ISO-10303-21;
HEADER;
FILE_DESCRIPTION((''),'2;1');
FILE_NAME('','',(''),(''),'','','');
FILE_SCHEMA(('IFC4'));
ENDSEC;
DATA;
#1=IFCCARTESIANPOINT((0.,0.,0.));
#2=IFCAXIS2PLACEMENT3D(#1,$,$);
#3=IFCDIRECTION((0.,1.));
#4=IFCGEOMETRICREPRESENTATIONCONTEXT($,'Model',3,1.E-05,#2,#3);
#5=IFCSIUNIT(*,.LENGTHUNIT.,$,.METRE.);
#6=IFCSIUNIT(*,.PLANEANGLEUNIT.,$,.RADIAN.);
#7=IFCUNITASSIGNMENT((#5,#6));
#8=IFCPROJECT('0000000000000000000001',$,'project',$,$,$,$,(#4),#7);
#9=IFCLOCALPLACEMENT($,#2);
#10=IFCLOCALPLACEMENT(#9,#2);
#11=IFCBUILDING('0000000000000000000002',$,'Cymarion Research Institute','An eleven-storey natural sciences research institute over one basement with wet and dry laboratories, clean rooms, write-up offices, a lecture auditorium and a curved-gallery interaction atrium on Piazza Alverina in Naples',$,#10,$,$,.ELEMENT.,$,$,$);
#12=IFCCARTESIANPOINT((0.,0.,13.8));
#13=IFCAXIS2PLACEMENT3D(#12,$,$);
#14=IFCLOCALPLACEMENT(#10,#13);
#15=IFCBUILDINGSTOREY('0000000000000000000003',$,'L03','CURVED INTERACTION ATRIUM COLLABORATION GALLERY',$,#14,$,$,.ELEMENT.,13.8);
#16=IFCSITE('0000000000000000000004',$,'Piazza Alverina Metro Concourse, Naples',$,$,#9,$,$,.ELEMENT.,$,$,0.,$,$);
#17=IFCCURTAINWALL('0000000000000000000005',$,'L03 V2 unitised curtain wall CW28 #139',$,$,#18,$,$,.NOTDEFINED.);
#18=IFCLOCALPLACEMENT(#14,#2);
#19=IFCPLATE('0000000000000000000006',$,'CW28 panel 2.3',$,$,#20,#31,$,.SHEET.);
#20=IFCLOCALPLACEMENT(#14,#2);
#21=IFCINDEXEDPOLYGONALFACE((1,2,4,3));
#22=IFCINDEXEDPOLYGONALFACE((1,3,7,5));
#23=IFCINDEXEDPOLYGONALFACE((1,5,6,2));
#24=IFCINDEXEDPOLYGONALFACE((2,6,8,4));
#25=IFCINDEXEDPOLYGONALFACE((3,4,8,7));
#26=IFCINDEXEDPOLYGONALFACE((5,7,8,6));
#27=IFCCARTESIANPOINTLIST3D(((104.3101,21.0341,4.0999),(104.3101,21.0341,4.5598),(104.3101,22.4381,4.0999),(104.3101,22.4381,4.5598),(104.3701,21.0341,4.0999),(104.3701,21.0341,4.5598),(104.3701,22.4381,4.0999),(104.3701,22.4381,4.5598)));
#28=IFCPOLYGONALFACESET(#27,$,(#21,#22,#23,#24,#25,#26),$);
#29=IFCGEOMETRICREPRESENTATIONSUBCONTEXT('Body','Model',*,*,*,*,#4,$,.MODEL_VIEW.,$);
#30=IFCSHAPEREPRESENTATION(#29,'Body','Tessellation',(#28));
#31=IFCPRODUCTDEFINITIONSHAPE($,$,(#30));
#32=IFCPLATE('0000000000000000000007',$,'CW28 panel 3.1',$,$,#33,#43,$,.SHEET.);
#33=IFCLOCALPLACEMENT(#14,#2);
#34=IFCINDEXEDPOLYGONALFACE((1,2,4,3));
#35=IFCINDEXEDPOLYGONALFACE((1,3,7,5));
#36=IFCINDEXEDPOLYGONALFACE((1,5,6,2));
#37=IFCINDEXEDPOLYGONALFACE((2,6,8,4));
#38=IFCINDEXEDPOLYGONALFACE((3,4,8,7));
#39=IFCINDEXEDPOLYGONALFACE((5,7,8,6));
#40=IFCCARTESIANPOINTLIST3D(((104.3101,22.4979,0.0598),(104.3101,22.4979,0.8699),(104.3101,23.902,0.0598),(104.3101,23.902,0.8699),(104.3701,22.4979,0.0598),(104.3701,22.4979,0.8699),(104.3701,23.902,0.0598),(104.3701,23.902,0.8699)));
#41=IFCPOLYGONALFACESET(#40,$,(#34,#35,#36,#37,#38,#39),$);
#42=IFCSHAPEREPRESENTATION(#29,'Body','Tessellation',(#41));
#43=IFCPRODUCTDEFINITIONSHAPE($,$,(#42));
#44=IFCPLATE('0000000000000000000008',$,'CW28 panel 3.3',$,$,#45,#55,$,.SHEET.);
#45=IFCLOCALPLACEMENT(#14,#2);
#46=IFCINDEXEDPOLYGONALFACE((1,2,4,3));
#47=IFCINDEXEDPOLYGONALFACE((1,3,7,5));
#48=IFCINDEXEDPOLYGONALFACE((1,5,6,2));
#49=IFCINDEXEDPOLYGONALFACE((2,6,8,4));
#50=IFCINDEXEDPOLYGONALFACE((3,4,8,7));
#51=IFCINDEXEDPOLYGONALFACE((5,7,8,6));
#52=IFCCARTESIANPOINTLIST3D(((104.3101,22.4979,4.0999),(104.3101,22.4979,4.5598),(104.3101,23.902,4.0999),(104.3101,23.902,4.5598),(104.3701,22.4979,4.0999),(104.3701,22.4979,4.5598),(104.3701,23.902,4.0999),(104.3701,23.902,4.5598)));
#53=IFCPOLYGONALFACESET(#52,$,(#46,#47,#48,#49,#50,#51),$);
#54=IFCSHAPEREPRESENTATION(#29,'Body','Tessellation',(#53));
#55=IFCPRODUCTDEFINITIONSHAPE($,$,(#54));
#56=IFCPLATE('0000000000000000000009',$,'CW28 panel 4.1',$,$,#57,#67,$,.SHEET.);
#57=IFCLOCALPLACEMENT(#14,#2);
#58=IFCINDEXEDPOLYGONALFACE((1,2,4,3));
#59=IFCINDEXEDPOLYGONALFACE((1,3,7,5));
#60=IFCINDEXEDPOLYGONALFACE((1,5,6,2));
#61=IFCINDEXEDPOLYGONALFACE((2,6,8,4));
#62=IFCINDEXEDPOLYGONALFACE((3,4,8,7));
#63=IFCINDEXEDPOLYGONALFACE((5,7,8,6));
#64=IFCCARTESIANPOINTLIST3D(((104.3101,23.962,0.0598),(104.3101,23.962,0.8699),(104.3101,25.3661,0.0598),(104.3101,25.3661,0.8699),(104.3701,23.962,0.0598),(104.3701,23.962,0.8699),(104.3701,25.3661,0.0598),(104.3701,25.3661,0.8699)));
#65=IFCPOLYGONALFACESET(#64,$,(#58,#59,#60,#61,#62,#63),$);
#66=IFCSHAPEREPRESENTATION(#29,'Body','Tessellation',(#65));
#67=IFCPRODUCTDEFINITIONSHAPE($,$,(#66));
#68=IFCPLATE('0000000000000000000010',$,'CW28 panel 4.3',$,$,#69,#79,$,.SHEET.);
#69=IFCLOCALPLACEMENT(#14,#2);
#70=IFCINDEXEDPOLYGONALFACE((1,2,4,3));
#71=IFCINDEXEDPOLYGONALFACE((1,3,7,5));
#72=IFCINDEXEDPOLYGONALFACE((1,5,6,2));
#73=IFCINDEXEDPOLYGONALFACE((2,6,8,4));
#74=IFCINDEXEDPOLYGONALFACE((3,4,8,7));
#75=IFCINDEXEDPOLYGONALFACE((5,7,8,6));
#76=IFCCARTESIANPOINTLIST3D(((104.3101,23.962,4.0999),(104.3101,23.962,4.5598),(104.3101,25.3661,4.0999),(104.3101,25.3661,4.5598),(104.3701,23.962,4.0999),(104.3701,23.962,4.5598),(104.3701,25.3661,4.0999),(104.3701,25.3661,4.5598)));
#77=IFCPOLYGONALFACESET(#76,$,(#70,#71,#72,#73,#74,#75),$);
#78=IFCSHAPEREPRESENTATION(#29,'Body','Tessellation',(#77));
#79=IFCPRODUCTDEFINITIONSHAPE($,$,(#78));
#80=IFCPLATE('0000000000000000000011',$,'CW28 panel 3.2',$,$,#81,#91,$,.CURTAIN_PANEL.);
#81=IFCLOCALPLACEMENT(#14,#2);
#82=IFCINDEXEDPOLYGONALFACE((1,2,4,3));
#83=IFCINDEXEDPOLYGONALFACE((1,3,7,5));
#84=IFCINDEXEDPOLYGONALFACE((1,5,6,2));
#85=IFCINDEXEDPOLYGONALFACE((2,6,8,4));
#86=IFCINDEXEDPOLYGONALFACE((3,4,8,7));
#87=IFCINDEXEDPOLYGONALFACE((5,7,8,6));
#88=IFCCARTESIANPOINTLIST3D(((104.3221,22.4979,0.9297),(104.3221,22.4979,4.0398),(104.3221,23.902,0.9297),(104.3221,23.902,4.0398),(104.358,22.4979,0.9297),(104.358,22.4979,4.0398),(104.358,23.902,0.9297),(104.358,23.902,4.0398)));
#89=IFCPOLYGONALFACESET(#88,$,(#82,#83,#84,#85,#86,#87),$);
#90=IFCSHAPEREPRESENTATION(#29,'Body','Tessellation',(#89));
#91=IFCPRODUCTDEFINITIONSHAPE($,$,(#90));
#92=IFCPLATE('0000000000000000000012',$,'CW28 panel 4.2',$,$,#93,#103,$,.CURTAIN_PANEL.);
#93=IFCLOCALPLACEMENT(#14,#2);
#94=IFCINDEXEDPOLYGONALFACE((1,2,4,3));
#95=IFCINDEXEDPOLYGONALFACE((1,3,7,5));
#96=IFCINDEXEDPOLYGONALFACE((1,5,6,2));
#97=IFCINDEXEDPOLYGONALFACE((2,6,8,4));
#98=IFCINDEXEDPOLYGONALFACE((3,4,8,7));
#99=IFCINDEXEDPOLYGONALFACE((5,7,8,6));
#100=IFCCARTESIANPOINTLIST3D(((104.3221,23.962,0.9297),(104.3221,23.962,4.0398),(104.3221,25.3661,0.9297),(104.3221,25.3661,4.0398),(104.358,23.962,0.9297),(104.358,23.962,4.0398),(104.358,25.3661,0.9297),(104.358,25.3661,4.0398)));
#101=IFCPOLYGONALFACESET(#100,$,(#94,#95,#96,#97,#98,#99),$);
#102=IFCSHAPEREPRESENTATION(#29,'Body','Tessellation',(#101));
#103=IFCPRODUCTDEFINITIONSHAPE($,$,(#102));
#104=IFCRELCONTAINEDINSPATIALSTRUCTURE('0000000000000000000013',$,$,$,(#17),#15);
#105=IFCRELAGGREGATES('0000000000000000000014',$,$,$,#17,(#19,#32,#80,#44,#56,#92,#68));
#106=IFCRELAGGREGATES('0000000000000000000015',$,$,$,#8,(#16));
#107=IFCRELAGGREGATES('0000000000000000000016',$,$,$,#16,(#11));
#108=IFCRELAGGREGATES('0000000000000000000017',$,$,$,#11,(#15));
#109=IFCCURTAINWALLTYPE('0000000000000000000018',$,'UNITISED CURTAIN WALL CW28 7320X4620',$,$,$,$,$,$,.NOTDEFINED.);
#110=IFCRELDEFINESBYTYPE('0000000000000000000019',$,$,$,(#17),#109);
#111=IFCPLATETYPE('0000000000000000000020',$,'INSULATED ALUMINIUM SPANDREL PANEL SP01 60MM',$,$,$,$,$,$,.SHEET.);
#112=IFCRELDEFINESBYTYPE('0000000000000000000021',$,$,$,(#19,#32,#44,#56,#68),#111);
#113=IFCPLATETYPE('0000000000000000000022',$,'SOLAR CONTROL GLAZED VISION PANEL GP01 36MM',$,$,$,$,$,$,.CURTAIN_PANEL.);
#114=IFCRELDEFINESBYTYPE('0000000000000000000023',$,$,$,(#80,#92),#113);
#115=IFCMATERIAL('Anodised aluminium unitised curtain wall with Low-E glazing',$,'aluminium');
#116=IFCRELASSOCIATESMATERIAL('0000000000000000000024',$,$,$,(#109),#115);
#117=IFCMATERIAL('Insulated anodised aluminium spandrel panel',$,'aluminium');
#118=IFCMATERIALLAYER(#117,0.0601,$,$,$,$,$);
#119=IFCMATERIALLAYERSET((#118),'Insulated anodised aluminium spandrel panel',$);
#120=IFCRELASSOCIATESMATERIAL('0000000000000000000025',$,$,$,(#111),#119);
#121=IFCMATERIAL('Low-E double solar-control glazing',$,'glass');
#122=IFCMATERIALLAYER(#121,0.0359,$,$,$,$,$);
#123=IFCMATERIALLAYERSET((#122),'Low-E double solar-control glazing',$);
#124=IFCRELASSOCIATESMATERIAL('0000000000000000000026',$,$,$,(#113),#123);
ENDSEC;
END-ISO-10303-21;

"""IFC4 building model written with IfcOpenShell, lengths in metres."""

from ifc_helpers import new_model, si_unit, direction, frame, origin, origin_2d, place, context, subcontext, project, spatial, rectangle, extrude, material, layer, layer_set, type_object, element, aggregate, save


model = new_model("IFC4")

# Units and contexts
model_context = context("Model", 3, precision=1e-05, world=origin(), true_north=direction((0.0, 1.0)))
body_context = subcontext(model_context, "Body", "Model", "MODEL_VIEW")
ifc_project = project(units=[si_unit("LENGTHUNIT", "METRE"), si_unit("PLANEANGLEUNIT", "RADIAN")], contexts=[model_context])

# Site, building, storey
site_placement = place(None, origin())
site = spatial("IfcSite", under=ifc_project, at=site_placement, Name="Piazza Alverina Metro Concourse, Naples", CompositionType="ELEMENT", RefElevation=0.0)
building_placement = place(site_placement, origin())
building = spatial("IfcBuilding", under=site, at=building_placement, Name="Cymarion Research Institute", Description="An eleven-storey natural sciences research institute over one basement with wet and dry laboratories, clean rooms, write-up offices, a lecture auditorium and a curved-gallery interaction atrium on Piazza Alverina in Naples", CompositionType="ELEMENT")
storey_placement = place(building_placement, frame((0.0, 0.0, 13.8)))
storey = spatial("IfcBuildingStorey", under=building, at=storey_placement, Name="L03", Description="CURVED INTERACTION ATRIUM COLLABORATION GALLERY", CompositionType="ELEMENT", Elevation=13.8)

# Curtain wall, plates
ifc_material_1 = material(Name="Anodised aluminium unitised curtain wall with Low-E glazing", Category="aluminium")
curtain_wall_type = type_object("IfcCurtainWallType", Name="UNITISED CURTAIN WALL CW28 7320X4620", PredefinedType="NOTDEFINED", material=ifc_material_1)
curtain_wall_placement = place(storey_placement, origin())
curtain_wall = element("IfcCurtainWall", 1, at=curtain_wall_placement, inside=storey, type_object=curtain_wall_type, Name="L03 V2 unitised curtain wall CW28 #139", PredefinedType="NOTDEFINED")
ifc_material_2 = material(Name="Insulated anodised aluminium spandrel panel", Category="aluminium")
ifc_layer_1 = layer(ifc_material_2, 0.0601)
ifc_layer_set_1 = layer_set([ifc_layer_1], Name="Insulated anodised aluminium spandrel panel")
plate_type_1 = type_object("IfcPlateType", Name="INSULATED ALUMINIUM SPANDREL PANEL SP01 60MM", PredefinedType="SHEET", material=ifc_layer_set_1)
plate_1_placement = place(storey_placement, frame((104.3401, 21.7361, 4.0999), z_axis=(0.0, 0.0, 1.0), x_axis=(0.0, 1.0, 0.0)))
plate_1 = element("IfcPlate", 2, at=plate_1_placement, type_object=plate_type_1, Name="CW28 panel 2.3", PredefinedType="SHEET", context=body_context, shape_type="SweptSolid", body=[
    extrude(rectangle(XDim=1.4041, YDim=0.0601, at=origin_2d()), origin(), (0.0, 0.0, 1.0), 0.46),
])
plate_2_placement = place(storey_placement, frame((104.3401, 23.2, 0.0598), z_axis=(0.0, 0.0, 1.0), x_axis=(0.0, 1.0, 0.0)))
plate_2 = element("IfcPlate", 3, at=plate_2_placement, type_object=plate_type_1, Name="CW28 panel 3.1", PredefinedType="SHEET", context=body_context, shape_type="SweptSolid", body=[
    extrude(rectangle(XDim=1.4041, YDim=0.0601, at=origin_2d()), origin(), (0.0, 0.0, 1.0), 0.8101),
])
plate_3_placement = place(storey_placement, frame((104.3401, 23.2, 4.0999), z_axis=(0.0, 0.0, 1.0), x_axis=(0.0, 1.0, 0.0)))
plate_3 = element("IfcPlate", 4, at=plate_3_placement, type_object=plate_type_1, Name="CW28 panel 3.3", PredefinedType="SHEET", context=body_context, shape_type="SweptSolid", body=[
    extrude(rectangle(XDim=1.4041, YDim=0.0601, at=origin_2d()), origin(), (0.0, 0.0, 1.0), 0.46),
])
plate_4_placement = place(storey_placement, frame((104.3401, 24.6641, 0.0598), z_axis=(0.0, 0.0, 1.0), x_axis=(0.0, 1.0, 0.0)))
plate_4 = element("IfcPlate", 5, at=plate_4_placement, type_object=plate_type_1, Name="CW28 panel 4.1", PredefinedType="SHEET", context=body_context, shape_type="SweptSolid", body=[
    extrude(rectangle(XDim=1.4041, YDim=0.0601, at=origin_2d()), origin(), (0.0, 0.0, 1.0), 0.8101),
])
plate_5_placement = place(storey_placement, frame((104.3401, 24.6641, 4.0999), z_axis=(0.0, 0.0, 1.0), x_axis=(0.0, 1.0, 0.0)))
plate_5 = element("IfcPlate", 6, at=plate_5_placement, type_object=plate_type_1, Name="CW28 panel 4.3", PredefinedType="SHEET", context=body_context, shape_type="SweptSolid", body=[
    extrude(rectangle(XDim=1.4041, YDim=0.0601, at=origin_2d()), origin(), (0.0, 0.0, 1.0), 0.46),
])
ifc_material_3 = material(Name="Low-E double solar-control glazing", Category="glass")
ifc_layer_2 = layer(ifc_material_3, 0.0359)
ifc_layer_set_2 = layer_set([ifc_layer_2], Name="Low-E double solar-control glazing")
plate_type_2 = type_object("IfcPlateType", Name="SOLAR CONTROL GLAZED VISION PANEL GP01 36MM", PredefinedType="CURTAIN_PANEL", material=ifc_layer_set_2)
plate_6_placement = place(storey_placement, frame((104.3401, 23.2, 0.9297), z_axis=(0.0, 0.0, 1.0), x_axis=(0.0, 1.0, 0.0)))
plate_6 = element("IfcPlate", 7, at=plate_6_placement, type_object=plate_type_2, Name="CW28 panel 3.2", PredefinedType="CURTAIN_PANEL", context=body_context, shape_type="SweptSolid", body=[
    extrude(rectangle(XDim=1.4041, YDim=0.0359, at=origin_2d()), origin(), (0.0, 0.0, 1.0), 3.1101),
])
plate_7_placement = place(storey_placement, frame((104.3401, 24.6641, 0.9297), z_axis=(0.0, 0.0, 1.0), x_axis=(0.0, 1.0, 0.0)))
plate_7 = element("IfcPlate", 8, at=plate_7_placement, type_object=plate_type_2, Name="CW28 panel 4.2", PredefinedType="CURTAIN_PANEL", context=body_context, shape_type="SweptSolid", body=[
    extrude(rectangle(XDim=1.4041, YDim=0.0359, at=origin_2d()), origin(), (0.0, 0.0, 1.0), 3.1101),
])
aggregate(curtain_wall, [plate_1, plate_2, plate_6, plate_3, plate_4, plate_7, plate_5])

save(model, "model.ifc")
